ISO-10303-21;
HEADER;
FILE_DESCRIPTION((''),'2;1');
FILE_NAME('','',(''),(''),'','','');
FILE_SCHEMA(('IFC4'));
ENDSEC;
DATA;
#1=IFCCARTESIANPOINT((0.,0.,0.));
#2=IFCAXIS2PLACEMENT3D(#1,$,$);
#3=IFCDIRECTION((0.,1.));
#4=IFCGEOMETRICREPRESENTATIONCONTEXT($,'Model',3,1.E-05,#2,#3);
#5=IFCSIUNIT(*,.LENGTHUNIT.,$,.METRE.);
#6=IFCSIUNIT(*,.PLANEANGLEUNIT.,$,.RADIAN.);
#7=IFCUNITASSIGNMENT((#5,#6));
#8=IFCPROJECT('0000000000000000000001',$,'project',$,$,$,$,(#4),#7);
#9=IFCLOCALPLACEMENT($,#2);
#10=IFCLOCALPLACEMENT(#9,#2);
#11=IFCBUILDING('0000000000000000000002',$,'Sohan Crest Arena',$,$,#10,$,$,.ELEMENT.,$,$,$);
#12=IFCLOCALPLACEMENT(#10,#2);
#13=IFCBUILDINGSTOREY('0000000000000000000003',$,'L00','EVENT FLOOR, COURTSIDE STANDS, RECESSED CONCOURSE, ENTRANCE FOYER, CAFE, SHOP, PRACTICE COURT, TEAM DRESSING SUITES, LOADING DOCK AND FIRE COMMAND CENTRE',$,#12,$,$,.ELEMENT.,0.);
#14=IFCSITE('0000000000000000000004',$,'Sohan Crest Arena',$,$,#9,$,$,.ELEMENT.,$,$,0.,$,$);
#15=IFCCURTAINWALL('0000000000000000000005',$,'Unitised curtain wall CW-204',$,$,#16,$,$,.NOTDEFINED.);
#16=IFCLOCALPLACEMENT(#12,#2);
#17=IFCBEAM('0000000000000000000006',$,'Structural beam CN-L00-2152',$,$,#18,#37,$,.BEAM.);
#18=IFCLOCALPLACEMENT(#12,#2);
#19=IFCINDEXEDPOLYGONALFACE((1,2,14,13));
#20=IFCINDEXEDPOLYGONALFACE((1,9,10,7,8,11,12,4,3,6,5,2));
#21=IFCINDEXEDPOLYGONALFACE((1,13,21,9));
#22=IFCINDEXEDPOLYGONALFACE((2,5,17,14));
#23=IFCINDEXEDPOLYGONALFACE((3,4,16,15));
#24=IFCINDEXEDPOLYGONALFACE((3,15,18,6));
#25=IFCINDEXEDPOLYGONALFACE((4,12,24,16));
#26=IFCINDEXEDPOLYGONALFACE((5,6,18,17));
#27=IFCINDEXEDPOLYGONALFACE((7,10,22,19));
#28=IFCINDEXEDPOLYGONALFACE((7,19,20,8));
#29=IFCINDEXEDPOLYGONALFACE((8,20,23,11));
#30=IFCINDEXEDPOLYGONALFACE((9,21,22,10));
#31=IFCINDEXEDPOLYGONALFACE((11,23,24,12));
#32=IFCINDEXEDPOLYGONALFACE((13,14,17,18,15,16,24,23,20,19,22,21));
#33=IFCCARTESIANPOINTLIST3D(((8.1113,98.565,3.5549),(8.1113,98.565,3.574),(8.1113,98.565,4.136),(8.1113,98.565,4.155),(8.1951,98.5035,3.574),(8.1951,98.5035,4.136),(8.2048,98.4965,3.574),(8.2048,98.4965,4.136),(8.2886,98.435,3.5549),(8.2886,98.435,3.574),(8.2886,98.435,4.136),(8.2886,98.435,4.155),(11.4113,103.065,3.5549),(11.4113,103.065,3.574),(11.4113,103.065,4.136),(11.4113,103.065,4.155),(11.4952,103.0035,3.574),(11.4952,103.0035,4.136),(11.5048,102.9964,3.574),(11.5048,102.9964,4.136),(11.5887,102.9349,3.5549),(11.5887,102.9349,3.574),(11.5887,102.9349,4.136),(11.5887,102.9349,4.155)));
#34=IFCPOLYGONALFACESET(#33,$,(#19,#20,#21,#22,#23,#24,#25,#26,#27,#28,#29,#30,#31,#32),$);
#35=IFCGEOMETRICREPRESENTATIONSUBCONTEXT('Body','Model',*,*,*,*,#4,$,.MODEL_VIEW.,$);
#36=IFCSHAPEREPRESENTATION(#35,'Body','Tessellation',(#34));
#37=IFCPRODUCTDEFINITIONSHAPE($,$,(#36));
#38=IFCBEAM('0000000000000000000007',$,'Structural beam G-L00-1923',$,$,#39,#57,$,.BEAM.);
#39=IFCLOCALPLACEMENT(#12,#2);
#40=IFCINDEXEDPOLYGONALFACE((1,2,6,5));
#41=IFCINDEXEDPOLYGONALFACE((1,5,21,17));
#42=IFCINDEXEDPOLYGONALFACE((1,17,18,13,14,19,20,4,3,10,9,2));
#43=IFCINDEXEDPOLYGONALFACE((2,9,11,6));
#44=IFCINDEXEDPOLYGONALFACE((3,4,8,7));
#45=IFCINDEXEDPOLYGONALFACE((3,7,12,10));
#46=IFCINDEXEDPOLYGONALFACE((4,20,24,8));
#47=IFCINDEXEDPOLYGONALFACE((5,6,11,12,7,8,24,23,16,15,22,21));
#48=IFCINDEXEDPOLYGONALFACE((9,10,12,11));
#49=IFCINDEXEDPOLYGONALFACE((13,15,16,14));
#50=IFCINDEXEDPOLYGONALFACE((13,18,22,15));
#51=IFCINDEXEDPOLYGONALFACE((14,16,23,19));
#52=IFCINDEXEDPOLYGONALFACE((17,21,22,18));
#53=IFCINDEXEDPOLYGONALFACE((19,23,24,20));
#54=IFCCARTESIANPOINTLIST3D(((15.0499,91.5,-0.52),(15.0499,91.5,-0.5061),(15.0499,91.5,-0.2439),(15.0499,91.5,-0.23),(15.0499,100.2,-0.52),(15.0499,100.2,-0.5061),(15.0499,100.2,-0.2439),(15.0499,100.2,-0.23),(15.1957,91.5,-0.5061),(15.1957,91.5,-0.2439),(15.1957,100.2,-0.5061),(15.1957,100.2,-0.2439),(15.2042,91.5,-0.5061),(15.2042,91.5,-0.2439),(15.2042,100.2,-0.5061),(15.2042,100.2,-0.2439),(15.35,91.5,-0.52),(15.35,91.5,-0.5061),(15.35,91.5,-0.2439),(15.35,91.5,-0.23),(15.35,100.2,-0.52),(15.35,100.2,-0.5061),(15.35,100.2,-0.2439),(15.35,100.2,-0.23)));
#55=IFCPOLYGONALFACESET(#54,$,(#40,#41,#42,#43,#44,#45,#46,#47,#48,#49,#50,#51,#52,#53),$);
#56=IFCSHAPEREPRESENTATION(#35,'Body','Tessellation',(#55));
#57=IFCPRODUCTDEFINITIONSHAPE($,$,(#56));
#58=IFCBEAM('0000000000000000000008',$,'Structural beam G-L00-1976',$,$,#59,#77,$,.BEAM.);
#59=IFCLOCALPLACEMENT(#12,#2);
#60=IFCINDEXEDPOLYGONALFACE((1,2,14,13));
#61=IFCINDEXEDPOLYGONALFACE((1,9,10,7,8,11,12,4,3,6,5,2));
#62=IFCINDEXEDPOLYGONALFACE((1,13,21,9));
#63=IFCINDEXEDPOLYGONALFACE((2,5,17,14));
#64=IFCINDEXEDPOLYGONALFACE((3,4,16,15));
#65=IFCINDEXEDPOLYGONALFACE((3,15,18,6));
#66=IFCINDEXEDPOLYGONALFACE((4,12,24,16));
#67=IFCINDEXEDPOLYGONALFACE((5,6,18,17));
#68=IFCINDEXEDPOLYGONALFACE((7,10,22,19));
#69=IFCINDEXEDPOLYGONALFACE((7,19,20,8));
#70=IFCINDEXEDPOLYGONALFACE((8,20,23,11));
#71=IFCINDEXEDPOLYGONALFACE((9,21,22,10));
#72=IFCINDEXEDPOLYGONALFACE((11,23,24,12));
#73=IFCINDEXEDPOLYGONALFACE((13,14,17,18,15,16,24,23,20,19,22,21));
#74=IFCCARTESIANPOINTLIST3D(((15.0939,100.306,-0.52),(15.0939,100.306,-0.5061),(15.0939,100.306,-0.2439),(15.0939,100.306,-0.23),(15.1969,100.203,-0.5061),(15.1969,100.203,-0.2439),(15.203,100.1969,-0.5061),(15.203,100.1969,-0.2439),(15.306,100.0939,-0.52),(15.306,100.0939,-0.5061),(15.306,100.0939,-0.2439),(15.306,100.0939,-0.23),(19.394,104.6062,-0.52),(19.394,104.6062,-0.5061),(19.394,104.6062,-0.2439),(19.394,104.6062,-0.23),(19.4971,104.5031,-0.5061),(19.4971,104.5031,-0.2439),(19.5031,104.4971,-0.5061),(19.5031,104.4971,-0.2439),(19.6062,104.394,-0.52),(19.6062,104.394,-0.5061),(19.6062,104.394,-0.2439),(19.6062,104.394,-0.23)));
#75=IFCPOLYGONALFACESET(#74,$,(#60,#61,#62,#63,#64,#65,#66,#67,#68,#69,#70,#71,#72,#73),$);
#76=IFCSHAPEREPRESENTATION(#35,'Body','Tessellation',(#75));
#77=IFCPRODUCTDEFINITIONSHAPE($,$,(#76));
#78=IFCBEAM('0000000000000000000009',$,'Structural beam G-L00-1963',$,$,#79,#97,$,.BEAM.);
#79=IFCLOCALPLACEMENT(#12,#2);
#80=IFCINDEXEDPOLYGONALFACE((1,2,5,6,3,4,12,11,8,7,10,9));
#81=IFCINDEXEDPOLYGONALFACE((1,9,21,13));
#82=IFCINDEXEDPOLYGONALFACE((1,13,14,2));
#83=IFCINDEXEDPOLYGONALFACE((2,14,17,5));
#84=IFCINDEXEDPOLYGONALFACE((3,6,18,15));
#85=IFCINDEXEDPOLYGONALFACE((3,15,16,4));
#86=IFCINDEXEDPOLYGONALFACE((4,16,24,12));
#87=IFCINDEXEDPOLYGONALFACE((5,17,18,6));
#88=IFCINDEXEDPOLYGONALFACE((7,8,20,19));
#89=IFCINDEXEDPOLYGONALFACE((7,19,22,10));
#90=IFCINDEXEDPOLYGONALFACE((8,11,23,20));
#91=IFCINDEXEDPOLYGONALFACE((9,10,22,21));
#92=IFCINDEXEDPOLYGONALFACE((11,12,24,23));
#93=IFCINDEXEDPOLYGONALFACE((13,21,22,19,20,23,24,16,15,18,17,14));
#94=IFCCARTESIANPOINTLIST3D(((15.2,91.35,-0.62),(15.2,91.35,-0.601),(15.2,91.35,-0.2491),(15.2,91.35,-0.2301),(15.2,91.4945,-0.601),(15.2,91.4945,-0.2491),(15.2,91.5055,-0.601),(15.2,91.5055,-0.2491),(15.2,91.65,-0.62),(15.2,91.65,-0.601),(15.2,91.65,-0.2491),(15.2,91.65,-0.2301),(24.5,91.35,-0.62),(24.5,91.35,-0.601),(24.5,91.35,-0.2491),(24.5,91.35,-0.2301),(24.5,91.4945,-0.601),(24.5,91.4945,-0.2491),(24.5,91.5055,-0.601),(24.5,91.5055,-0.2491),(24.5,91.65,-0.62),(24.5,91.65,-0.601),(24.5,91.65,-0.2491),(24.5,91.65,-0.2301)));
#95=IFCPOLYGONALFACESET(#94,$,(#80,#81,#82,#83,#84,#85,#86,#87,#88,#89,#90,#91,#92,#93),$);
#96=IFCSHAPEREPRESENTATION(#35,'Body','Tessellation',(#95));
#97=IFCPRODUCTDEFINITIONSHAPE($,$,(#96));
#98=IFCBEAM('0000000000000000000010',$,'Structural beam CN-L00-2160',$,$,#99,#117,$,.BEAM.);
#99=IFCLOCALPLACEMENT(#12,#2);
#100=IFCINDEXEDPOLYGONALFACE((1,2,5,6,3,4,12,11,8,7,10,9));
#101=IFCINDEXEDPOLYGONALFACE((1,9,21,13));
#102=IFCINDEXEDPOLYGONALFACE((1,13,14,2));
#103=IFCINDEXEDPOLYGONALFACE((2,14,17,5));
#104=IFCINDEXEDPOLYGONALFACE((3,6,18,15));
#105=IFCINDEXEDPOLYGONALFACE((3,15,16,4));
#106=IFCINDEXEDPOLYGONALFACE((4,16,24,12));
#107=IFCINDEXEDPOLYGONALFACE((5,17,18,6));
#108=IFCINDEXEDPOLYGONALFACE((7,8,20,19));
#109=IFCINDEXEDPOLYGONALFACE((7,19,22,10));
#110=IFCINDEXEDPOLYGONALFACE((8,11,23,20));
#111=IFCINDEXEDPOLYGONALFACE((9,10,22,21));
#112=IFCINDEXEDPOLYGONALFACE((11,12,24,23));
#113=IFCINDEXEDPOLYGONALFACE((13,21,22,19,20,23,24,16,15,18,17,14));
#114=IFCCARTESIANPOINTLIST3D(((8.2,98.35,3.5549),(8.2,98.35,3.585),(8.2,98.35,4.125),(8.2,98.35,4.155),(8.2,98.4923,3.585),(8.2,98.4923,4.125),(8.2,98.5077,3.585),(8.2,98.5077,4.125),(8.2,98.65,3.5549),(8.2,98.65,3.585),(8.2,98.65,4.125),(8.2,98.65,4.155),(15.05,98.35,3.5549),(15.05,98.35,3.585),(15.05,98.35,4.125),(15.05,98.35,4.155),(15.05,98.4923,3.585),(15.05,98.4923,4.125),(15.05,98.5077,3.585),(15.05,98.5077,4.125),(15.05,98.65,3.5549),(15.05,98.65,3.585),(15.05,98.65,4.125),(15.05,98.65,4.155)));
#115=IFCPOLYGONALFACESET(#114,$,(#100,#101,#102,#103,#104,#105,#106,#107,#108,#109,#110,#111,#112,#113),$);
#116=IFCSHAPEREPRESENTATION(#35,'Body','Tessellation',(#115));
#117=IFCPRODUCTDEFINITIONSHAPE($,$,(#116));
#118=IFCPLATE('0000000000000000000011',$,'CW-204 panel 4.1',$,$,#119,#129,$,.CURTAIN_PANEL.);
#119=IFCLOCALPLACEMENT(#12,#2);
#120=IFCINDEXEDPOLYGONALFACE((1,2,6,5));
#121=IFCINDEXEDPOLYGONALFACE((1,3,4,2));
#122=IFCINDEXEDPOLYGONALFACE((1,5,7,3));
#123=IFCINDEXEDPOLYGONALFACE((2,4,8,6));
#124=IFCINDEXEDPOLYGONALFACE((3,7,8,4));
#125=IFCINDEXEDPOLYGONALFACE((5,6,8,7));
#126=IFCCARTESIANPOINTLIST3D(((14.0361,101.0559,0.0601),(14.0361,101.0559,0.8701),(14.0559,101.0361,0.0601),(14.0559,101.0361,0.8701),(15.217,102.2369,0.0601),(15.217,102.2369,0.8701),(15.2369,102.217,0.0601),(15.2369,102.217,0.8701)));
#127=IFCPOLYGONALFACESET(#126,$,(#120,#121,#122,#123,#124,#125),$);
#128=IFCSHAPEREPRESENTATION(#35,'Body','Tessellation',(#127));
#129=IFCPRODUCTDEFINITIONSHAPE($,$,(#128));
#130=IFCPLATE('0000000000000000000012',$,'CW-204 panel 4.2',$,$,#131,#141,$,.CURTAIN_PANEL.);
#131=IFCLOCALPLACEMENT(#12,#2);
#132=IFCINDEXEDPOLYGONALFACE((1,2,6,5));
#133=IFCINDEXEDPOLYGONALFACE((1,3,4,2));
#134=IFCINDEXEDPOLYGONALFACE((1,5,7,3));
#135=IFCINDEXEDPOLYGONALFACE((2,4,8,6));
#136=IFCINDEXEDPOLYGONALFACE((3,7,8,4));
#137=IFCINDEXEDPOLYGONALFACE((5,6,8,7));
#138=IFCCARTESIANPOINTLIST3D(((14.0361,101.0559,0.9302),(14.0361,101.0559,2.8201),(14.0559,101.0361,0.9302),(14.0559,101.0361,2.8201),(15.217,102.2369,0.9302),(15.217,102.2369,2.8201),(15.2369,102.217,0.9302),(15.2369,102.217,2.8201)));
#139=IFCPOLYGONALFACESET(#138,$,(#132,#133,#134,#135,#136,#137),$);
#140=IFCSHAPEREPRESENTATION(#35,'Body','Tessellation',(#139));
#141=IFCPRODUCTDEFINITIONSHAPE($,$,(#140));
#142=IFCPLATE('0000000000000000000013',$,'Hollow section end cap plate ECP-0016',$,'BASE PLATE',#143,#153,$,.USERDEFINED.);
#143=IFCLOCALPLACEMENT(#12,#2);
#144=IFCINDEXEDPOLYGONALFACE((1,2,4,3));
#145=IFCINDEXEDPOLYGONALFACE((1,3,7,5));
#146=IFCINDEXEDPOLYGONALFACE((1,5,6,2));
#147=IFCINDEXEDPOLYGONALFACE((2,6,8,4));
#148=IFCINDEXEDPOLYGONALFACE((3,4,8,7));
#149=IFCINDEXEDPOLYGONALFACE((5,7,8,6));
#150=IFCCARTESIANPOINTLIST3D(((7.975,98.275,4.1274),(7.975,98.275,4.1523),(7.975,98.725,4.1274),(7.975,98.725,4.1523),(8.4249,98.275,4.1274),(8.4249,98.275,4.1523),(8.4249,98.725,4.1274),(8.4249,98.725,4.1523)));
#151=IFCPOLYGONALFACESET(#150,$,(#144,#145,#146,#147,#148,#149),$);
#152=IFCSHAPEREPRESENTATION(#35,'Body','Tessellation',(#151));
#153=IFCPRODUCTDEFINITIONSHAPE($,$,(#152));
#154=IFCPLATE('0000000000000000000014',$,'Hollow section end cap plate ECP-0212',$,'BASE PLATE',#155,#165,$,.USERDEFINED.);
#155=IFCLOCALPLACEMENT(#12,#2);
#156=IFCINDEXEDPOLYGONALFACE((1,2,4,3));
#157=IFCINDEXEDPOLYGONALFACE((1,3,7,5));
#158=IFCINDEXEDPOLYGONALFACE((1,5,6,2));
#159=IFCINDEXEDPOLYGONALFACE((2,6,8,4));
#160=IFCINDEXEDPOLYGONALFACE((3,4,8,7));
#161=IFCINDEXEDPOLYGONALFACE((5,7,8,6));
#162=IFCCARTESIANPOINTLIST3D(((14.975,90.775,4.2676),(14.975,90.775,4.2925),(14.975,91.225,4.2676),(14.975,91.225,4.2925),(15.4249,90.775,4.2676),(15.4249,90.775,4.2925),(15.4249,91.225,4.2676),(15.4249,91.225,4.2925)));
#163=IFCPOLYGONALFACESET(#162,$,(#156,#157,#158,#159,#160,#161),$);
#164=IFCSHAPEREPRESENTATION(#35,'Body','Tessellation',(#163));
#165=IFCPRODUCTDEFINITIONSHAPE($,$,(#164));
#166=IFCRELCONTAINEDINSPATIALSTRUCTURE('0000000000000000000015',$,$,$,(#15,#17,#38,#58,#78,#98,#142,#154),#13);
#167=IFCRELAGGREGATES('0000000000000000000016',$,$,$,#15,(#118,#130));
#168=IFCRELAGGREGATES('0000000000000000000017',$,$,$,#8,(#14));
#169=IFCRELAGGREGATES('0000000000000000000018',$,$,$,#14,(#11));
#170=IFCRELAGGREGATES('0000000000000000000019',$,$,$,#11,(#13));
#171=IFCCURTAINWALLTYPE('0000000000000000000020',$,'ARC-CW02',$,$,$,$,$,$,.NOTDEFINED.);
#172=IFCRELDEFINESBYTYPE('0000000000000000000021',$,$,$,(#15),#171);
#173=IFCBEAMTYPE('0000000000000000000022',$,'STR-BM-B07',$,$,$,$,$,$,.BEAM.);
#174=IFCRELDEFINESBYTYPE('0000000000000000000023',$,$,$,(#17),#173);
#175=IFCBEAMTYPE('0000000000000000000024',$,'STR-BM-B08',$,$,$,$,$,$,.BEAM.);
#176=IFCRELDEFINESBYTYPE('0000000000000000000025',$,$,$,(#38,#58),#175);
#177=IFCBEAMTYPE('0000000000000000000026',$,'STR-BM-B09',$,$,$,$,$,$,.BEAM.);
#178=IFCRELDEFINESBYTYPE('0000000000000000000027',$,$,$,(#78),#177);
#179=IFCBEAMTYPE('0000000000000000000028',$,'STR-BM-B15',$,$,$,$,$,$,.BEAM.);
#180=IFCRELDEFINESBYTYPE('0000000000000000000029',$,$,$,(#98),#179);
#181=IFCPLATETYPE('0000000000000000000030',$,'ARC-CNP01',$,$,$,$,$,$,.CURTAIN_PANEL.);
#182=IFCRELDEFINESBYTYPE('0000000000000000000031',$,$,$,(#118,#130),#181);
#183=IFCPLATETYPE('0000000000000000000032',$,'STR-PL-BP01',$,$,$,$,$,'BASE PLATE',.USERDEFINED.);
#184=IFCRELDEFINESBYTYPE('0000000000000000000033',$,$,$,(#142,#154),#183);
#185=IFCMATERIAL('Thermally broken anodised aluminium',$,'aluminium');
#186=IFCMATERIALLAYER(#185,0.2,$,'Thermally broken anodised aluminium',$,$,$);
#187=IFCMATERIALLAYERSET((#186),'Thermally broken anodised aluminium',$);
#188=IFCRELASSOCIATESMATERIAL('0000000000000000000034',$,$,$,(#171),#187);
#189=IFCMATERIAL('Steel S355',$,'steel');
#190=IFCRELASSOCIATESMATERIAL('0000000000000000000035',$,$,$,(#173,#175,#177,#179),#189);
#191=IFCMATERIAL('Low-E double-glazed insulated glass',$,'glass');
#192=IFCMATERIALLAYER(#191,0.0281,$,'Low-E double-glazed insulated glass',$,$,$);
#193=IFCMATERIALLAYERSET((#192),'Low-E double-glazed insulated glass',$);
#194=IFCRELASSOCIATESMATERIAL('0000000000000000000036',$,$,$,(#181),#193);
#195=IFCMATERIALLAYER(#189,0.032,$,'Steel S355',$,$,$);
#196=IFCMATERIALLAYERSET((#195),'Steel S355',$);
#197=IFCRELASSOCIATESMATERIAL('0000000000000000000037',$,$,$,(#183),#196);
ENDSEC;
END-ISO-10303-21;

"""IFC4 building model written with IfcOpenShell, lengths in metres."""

from ifc_helpers import new_model, si_unit, direction, frame, origin, origin_2d, place, context, subcontext, project, spatial, rectangle, i_section, extrude, material, layer, layer_set, material_profile, profile_set, type_object, element, aggregate, save


model = new_model("IFC4")

# Units and contexts
model_context = context("Model", 3, precision=1e-05, world=origin(), true_north=direction((0.0, 1.0)))
body_context = subcontext(model_context, "Body", "Model", "MODEL_VIEW")
ifc_project = project(units=[si_unit("LENGTHUNIT", "METRE"), si_unit("PLANEANGLEUNIT", "RADIAN")], contexts=[model_context])

# Site, building, storey
site_placement = place(None, origin())
site = spatial("IfcSite", under=ifc_project, at=site_placement, Name="Sohan Crest Arena", CompositionType="ELEMENT", RefElevation=0.0)
building_placement = place(site_placement, origin())
building = spatial("IfcBuilding", under=site, at=building_placement, Name="Sohan Crest Arena", CompositionType="ELEMENT")
storey_placement = place(building_placement, origin())
storey = spatial("IfcBuildingStorey", under=building, at=storey_placement, Name="L00", Description="EVENT FLOOR, COURTSIDE STANDS, RECESSED CONCOURSE, ENTRANCE FOYER, CAFE, SHOP, PRACTICE COURT, TEAM DRESSING SUITES, LOADING DOCK AND FIRE COMMAND CENTRE", CompositionType="ELEMENT", Elevation=0.0)

# Shared definitions
ifc_material_1 = material(Name="Steel S355", Category="steel")

# Curtain wall
ifc_material_2 = material(Name="Thermally broken anodised aluminium", Category="aluminium")
ifc_layer_1 = layer(ifc_material_2, 0.2, Name="Thermally broken anodised aluminium")
ifc_layer_set_1 = layer_set([ifc_layer_1], Name="Thermally broken anodised aluminium")
curtain_wall_type = type_object("IfcCurtainWallType", Name="ARC-CW02", PredefinedType="NOTDEFINED", material=ifc_layer_set_1)
curtain_wall_placement = place(storey_placement, origin())
curtain_wall = element("IfcCurtainWall", 1, at=curtain_wall_placement, inside=storey, type_object=curtain_wall_type, Name="Unitised curtain wall CW-204", PredefinedType="NOTDEFINED")

# Beams
ifc_material_profile_1 = material_profile(ifc_material_1, i_section(OverallWidth=0.22, OverallDepth=0.6001, WebThickness=0.012, FlangeThickness=0.019, at=origin_2d()), Name="IPE 600")
ifc_profile_set_1 = profile_set([ifc_material_profile_1], Name="Steel S355")
beam_type_1 = type_object("IfcBeamType", Name="STR-BM-B07", PredefinedType="BEAM", material=ifc_profile_set_1)
beam_1_placement = place(storey_placement, frame((8.2, 98.5, 3.855), z_axis=(0.591369, 0.806401, 0.0), x_axis=(-0.806401, 0.591369, 0.0)))
element("IfcBeam", 2, at=beam_1_placement, inside=storey, type_object=beam_type_1, Name="Structural beam CN-L00-2152", PredefinedType="BEAM", context=body_context, shape_type="SweptSolid", body=[
    extrude(i_section(OverallWidth=0.22, OverallDepth=0.6001, WebThickness=0.012, FlangeThickness=0.019, at=origin_2d()), origin(), (0.0, 0.0, 1.0), 5.5803),
])
ifc_material_profile_2 = material_profile(ifc_material_1, i_section(OverallWidth=0.3, OverallDepth=0.29, WebThickness=0.0085, FlangeThickness=0.0139, at=origin_2d()), Name="HEA 300")
ifc_profile_set_2 = profile_set([ifc_material_profile_2], Name="Steel S355")
beam_type_2 = type_object("IfcBeamType", Name="STR-BM-B08", PredefinedType="BEAM", material=ifc_profile_set_2)
beam_2_placement = place(storey_placement, frame((15.2, 91.5, -0.375), z_axis=(0.0, 1.0, 0.0), x_axis=(-1.0, 0.0, 0.0)))
element("IfcBeam", 3, at=beam_2_placement, inside=storey, type_object=beam_type_2, Name="Structural beam G-L00-1923", PredefinedType="BEAM", context=body_context, shape_type="SweptSolid", body=[
    extrude(i_section(OverallWidth=0.3, OverallDepth=0.29, WebThickness=0.0085, FlangeThickness=0.0139, at=origin_2d()), origin(), (0.0, 0.0, 1.0), 8.7),
])
beam_3_placement = place(storey_placement, frame((15.2, 100.2, -0.375), z_axis=(0.707107, 0.707107, 0.0), x_axis=(-0.707107, 0.707107, 0.0)))
element("IfcBeam", 4, at=beam_3_placement, inside=storey, type_object=beam_type_2, Name="Structural beam G-L00-1976", PredefinedType="BEAM", context=body_context, shape_type="SweptSolid", body=[
    extrude(i_section(OverallWidth=0.3, OverallDepth=0.29, WebThickness=0.0085, FlangeThickness=0.0139, at=origin_2d()), origin(), (0.0, 0.0, 1.0), 6.0813),
])
ifc_material_profile_3 = material_profile(ifc_material_1, i_section(OverallWidth=0.3, OverallDepth=0.3899, WebThickness=0.011, FlangeThickness=0.019, at=origin_2d()), Name="HEA 400")
ifc_profile_set_3 = profile_set([ifc_material_profile_3], Name="Steel S355")
beam_type_3 = type_object("IfcBeamType", Name="STR-BM-B09", PredefinedType="BEAM", material=ifc_profile_set_3)
beam_4_placement = place(storey_placement, frame((15.2, 91.5, -0.425), z_axis=(1.0, 0.0, 0.0), x_axis=(0.0, 1.0, 0.0)))
element("IfcBeam", 5, at=beam_4_placement, inside=storey, type_object=beam_type_3, Name="Structural beam G-L00-1963", PredefinedType="BEAM", context=body_context, shape_type="SweptSolid", body=[
    extrude(i_section(OverallWidth=0.3, OverallDepth=0.3899, WebThickness=0.011, FlangeThickness=0.019, at=origin_2d()), origin(), (0.0, 0.0, 1.0), 9.3),
])
ifc_material_profile_4 = material_profile(ifc_material_1, i_section(OverallWidth=0.3, OverallDepth=0.6001, WebThickness=0.0154, FlangeThickness=0.03, at=origin_2d()), Name="HEB 600")
ifc_profile_set_4 = profile_set([ifc_material_profile_4], Name="Steel S355")
beam_type_4 = type_object("IfcBeamType", Name="STR-BM-B15", PredefinedType="BEAM", material=ifc_profile_set_4)
beam_5_placement = place(storey_placement, frame((8.2, 98.5, 3.855), z_axis=(1.0, 0.0, 0.0), x_axis=(0.0, 1.0, 0.0)))
element("IfcBeam", 6, at=beam_5_placement, inside=storey, type_object=beam_type_4, Name="Structural beam CN-L00-2160", PredefinedType="BEAM", context=body_context, shape_type="SweptSolid", body=[
    extrude(i_section(OverallWidth=0.3, OverallDepth=0.6001, WebThickness=0.0154, FlangeThickness=0.03, at=origin_2d()), origin(), (0.0, 0.0, 1.0), 6.8501),
])

# Plates
ifc_material_3 = material(Name="Low-E double-glazed insulated glass", Category="glass")
ifc_layer_2 = layer(ifc_material_3, 0.0281, Name="Low-E double-glazed insulated glass")
ifc_layer_set_2 = layer_set([ifc_layer_2], Name="Low-E double-glazed insulated glass")
plate_type_1 = type_object("IfcPlateType", Name="ARC-CNP01", PredefinedType="CURTAIN_PANEL", material=ifc_layer_set_2)
plate_1_placement = place(storey_placement, frame((14.6365, 101.6365, 0.0601), z_axis=(0.0, 0.0, 1.0), x_axis=(-0.707107, -0.707107, 0.0)))
plate_1 = element("IfcPlate", 7, at=plate_1_placement, type_object=plate_type_1, Name="CW-204 panel 4.1", PredefinedType="CURTAIN_PANEL", context=body_context, shape_type="SweptSolid", body=[
    extrude(rectangle(XDim=1.6702, YDim=0.0281, at=origin_2d()), origin(), (0.0, 0.0, 1.0), 0.8101),
])
plate_2_placement = place(storey_placement, frame((14.6365, 101.6365, 0.9302), z_axis=(0.0, 0.0, 1.0), x_axis=(-0.707107, -0.707107, 0.0)))
plate_2 = element("IfcPlate", 8, at=plate_2_placement, type_object=plate_type_1, Name="CW-204 panel 4.2", PredefinedType="CURTAIN_PANEL", context=body_context, shape_type="SweptSolid", body=[
    extrude(rectangle(XDim=1.6702, YDim=0.0281, at=origin_2d()), origin(), (0.0, 0.0, 1.0), 1.8899),
])
aggregate(curtain_wall, [plate_1, plate_2])

# Plates
ifc_layer_3 = layer(ifc_material_1, 0.032, Name="Steel S355")
ifc_layer_set_3 = layer_set([ifc_layer_3], Name="Steel S355")
plate_type_2 = type_object("IfcPlateType", Name="STR-PL-BP01", ElementType="BASE PLATE", PredefinedType="USERDEFINED", material=ifc_layer_set_3)
for number, where, z_axis, x_axis, name in (
    (9, (8.2, 98.5, 4.1274), (0.0, 0.0, 1.0), (1.0, 0.0, 0.0), "Hollow section end cap plate ECP-0016"),
    (10, (15.2, 91.0, 4.2676), (0.0, 0.0, 1.0), (1.0, 0.0, 0.0), "Hollow section end cap plate ECP-0212"),
):
    element("IfcPlate", number, at=place(storey_placement, frame(where, z_axis=z_axis, x_axis=x_axis)), inside=storey, type_object=plate_type_2, Name=name, ObjectType="BASE PLATE", PredefinedType="USERDEFINED", context=body_context, shape_type="SweptSolid", body=[
        extrude(rectangle(XDim=0.45, YDim=0.45, at=origin_2d()), origin(), (0.0, 0.0, 1.0), 0.0249),
    ])

save(model, "model.ifc")
